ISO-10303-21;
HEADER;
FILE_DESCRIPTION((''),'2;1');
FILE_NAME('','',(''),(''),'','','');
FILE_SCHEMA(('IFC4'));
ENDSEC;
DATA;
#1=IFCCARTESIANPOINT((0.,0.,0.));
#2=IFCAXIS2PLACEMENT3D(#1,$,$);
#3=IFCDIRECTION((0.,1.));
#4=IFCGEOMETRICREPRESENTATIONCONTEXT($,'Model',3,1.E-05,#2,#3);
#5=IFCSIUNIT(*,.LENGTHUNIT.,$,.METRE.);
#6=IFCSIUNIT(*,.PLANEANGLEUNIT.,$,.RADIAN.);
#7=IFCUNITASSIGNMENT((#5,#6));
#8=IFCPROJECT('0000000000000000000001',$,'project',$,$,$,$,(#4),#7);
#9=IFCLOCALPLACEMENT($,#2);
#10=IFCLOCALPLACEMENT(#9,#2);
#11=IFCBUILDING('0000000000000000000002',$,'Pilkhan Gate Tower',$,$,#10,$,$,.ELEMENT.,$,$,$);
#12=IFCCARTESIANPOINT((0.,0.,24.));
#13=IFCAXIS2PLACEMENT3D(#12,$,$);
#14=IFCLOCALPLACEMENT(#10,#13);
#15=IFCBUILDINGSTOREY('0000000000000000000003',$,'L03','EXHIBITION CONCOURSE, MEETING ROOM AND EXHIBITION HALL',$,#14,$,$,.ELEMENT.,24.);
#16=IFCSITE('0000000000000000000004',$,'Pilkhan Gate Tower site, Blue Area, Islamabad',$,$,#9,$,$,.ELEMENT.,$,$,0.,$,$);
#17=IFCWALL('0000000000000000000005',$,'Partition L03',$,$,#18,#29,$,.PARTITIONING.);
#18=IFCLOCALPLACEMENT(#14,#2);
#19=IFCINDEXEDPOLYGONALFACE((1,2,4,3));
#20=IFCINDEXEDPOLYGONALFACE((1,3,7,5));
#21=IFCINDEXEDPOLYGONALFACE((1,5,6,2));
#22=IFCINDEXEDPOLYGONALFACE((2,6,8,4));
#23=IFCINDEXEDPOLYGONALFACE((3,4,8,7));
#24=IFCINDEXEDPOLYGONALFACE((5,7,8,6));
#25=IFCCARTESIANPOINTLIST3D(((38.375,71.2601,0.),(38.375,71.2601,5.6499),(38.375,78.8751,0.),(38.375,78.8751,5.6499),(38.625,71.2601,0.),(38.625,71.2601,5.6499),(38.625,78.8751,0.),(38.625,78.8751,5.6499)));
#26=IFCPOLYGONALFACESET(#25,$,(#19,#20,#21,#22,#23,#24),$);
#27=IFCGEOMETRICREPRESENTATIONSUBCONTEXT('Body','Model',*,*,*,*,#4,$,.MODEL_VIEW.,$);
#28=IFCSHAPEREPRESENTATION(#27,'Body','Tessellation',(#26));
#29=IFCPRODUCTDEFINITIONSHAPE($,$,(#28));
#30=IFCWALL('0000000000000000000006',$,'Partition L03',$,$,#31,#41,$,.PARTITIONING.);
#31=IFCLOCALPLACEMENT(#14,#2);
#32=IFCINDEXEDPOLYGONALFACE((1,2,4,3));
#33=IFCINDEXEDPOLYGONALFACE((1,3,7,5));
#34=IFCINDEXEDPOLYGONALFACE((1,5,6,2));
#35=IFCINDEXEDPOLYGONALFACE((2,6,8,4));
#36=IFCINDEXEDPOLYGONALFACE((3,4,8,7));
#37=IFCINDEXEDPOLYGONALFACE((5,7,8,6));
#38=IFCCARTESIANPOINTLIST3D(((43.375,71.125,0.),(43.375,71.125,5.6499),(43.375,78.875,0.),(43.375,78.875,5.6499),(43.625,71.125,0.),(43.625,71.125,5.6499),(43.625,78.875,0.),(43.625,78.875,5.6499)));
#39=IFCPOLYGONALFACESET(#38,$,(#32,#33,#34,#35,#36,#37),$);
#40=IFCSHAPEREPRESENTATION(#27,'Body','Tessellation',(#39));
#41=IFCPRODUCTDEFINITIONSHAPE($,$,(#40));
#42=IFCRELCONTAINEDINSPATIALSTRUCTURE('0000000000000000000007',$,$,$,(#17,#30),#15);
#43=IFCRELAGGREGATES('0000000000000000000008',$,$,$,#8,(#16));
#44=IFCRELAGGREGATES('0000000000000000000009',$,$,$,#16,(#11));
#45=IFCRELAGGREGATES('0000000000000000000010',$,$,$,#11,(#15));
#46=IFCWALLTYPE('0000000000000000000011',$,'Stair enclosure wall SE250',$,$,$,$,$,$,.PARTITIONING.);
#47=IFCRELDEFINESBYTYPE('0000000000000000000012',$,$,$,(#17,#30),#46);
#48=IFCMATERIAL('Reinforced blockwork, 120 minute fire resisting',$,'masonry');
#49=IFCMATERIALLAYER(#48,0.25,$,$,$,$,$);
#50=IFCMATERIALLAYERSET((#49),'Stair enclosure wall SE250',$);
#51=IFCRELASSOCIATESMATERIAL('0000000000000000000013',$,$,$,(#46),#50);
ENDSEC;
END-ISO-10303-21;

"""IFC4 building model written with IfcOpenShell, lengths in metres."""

from ifc_helpers import new_model, si_unit, direction, frame, frame_2d, origin, place, context, subcontext, project, spatial, rectangle, extrude, material, layer, layer_set, type_object, element, save


model = new_model("IFC4")

# Units and contexts
model_context = context("Model", 3, precision=1e-05, world=origin(), true_north=direction((0.0, 1.0)))
body_context = subcontext(model_context, "Body", "Model", "MODEL_VIEW")
ifc_project = project(units=[si_unit("LENGTHUNIT", "METRE"), si_unit("PLANEANGLEUNIT", "RADIAN")], contexts=[model_context])

# Site, building, storey
site_placement = place(None, origin())
site = spatial("IfcSite", under=ifc_project, at=site_placement, Name="Pilkhan Gate Tower site, Blue Area, Islamabad", CompositionType="ELEMENT", RefElevation=0.0)
building_placement = place(site_placement, origin())
building = spatial("IfcBuilding", under=site, at=building_placement, Name="Pilkhan Gate Tower", CompositionType="ELEMENT")
storey_placement = place(building_placement, frame((0.0, 0.0, 24.0)))
storey = spatial("IfcBuildingStorey", under=building, at=storey_placement, Name="L03", Description="EXHIBITION CONCOURSE, MEETING ROOM AND EXHIBITION HALL", CompositionType="ELEMENT", Elevation=24.0)

# Walls
ifc_material_1 = material(Name="Reinforced blockwork, 120 minute fire resisting", Category="masonry")
ifc_layer_1 = layer(ifc_material_1, 0.25)
ifc_layer_set_1 = layer_set([ifc_layer_1], Name="Stair enclosure wall SE250")
wall_type_1 = type_object("IfcWallType", Name="Stair enclosure wall SE250", PredefinedType="PARTITIONING", material=ifc_layer_set_1)
wall_1_placement = place(storey_placement, frame((38.5, 71.26, 0.0), z_axis=(0.0, 0.0, 1.0), x_axis=(0.0, 1.0, 0.0)))
element("IfcWall", 1, at=wall_1_placement, inside=storey, type_object=wall_type_1, Name="Partition L03", PredefinedType="PARTITIONING", context=body_context, shape_type="SweptSolid", body=[
    extrude(rectangle(XDim=7.615, YDim=0.25, at=frame_2d((3.8076, 0.0))), origin(), (0.0, 0.0, 1.0), 5.6499),
])
wall_2_placement = place(storey_placement, frame((43.5, 71.125, 0.0), z_axis=(0.0, 0.0, 1.0), x_axis=(0.0, 1.0, 0.0)))
element("IfcWall", 2, at=wall_2_placement, inside=storey, type_object=wall_type_1, Name="Partition L03", PredefinedType="PARTITIONING", context=body_context, shape_type="SweptSolid", body=[
    extrude(rectangle(XDim=7.75, YDim=0.25, at=frame_2d((3.875, 0.0))), origin(), (0.0, 0.0, 1.0), 5.6499),
])

save(model, "model.ifc")
